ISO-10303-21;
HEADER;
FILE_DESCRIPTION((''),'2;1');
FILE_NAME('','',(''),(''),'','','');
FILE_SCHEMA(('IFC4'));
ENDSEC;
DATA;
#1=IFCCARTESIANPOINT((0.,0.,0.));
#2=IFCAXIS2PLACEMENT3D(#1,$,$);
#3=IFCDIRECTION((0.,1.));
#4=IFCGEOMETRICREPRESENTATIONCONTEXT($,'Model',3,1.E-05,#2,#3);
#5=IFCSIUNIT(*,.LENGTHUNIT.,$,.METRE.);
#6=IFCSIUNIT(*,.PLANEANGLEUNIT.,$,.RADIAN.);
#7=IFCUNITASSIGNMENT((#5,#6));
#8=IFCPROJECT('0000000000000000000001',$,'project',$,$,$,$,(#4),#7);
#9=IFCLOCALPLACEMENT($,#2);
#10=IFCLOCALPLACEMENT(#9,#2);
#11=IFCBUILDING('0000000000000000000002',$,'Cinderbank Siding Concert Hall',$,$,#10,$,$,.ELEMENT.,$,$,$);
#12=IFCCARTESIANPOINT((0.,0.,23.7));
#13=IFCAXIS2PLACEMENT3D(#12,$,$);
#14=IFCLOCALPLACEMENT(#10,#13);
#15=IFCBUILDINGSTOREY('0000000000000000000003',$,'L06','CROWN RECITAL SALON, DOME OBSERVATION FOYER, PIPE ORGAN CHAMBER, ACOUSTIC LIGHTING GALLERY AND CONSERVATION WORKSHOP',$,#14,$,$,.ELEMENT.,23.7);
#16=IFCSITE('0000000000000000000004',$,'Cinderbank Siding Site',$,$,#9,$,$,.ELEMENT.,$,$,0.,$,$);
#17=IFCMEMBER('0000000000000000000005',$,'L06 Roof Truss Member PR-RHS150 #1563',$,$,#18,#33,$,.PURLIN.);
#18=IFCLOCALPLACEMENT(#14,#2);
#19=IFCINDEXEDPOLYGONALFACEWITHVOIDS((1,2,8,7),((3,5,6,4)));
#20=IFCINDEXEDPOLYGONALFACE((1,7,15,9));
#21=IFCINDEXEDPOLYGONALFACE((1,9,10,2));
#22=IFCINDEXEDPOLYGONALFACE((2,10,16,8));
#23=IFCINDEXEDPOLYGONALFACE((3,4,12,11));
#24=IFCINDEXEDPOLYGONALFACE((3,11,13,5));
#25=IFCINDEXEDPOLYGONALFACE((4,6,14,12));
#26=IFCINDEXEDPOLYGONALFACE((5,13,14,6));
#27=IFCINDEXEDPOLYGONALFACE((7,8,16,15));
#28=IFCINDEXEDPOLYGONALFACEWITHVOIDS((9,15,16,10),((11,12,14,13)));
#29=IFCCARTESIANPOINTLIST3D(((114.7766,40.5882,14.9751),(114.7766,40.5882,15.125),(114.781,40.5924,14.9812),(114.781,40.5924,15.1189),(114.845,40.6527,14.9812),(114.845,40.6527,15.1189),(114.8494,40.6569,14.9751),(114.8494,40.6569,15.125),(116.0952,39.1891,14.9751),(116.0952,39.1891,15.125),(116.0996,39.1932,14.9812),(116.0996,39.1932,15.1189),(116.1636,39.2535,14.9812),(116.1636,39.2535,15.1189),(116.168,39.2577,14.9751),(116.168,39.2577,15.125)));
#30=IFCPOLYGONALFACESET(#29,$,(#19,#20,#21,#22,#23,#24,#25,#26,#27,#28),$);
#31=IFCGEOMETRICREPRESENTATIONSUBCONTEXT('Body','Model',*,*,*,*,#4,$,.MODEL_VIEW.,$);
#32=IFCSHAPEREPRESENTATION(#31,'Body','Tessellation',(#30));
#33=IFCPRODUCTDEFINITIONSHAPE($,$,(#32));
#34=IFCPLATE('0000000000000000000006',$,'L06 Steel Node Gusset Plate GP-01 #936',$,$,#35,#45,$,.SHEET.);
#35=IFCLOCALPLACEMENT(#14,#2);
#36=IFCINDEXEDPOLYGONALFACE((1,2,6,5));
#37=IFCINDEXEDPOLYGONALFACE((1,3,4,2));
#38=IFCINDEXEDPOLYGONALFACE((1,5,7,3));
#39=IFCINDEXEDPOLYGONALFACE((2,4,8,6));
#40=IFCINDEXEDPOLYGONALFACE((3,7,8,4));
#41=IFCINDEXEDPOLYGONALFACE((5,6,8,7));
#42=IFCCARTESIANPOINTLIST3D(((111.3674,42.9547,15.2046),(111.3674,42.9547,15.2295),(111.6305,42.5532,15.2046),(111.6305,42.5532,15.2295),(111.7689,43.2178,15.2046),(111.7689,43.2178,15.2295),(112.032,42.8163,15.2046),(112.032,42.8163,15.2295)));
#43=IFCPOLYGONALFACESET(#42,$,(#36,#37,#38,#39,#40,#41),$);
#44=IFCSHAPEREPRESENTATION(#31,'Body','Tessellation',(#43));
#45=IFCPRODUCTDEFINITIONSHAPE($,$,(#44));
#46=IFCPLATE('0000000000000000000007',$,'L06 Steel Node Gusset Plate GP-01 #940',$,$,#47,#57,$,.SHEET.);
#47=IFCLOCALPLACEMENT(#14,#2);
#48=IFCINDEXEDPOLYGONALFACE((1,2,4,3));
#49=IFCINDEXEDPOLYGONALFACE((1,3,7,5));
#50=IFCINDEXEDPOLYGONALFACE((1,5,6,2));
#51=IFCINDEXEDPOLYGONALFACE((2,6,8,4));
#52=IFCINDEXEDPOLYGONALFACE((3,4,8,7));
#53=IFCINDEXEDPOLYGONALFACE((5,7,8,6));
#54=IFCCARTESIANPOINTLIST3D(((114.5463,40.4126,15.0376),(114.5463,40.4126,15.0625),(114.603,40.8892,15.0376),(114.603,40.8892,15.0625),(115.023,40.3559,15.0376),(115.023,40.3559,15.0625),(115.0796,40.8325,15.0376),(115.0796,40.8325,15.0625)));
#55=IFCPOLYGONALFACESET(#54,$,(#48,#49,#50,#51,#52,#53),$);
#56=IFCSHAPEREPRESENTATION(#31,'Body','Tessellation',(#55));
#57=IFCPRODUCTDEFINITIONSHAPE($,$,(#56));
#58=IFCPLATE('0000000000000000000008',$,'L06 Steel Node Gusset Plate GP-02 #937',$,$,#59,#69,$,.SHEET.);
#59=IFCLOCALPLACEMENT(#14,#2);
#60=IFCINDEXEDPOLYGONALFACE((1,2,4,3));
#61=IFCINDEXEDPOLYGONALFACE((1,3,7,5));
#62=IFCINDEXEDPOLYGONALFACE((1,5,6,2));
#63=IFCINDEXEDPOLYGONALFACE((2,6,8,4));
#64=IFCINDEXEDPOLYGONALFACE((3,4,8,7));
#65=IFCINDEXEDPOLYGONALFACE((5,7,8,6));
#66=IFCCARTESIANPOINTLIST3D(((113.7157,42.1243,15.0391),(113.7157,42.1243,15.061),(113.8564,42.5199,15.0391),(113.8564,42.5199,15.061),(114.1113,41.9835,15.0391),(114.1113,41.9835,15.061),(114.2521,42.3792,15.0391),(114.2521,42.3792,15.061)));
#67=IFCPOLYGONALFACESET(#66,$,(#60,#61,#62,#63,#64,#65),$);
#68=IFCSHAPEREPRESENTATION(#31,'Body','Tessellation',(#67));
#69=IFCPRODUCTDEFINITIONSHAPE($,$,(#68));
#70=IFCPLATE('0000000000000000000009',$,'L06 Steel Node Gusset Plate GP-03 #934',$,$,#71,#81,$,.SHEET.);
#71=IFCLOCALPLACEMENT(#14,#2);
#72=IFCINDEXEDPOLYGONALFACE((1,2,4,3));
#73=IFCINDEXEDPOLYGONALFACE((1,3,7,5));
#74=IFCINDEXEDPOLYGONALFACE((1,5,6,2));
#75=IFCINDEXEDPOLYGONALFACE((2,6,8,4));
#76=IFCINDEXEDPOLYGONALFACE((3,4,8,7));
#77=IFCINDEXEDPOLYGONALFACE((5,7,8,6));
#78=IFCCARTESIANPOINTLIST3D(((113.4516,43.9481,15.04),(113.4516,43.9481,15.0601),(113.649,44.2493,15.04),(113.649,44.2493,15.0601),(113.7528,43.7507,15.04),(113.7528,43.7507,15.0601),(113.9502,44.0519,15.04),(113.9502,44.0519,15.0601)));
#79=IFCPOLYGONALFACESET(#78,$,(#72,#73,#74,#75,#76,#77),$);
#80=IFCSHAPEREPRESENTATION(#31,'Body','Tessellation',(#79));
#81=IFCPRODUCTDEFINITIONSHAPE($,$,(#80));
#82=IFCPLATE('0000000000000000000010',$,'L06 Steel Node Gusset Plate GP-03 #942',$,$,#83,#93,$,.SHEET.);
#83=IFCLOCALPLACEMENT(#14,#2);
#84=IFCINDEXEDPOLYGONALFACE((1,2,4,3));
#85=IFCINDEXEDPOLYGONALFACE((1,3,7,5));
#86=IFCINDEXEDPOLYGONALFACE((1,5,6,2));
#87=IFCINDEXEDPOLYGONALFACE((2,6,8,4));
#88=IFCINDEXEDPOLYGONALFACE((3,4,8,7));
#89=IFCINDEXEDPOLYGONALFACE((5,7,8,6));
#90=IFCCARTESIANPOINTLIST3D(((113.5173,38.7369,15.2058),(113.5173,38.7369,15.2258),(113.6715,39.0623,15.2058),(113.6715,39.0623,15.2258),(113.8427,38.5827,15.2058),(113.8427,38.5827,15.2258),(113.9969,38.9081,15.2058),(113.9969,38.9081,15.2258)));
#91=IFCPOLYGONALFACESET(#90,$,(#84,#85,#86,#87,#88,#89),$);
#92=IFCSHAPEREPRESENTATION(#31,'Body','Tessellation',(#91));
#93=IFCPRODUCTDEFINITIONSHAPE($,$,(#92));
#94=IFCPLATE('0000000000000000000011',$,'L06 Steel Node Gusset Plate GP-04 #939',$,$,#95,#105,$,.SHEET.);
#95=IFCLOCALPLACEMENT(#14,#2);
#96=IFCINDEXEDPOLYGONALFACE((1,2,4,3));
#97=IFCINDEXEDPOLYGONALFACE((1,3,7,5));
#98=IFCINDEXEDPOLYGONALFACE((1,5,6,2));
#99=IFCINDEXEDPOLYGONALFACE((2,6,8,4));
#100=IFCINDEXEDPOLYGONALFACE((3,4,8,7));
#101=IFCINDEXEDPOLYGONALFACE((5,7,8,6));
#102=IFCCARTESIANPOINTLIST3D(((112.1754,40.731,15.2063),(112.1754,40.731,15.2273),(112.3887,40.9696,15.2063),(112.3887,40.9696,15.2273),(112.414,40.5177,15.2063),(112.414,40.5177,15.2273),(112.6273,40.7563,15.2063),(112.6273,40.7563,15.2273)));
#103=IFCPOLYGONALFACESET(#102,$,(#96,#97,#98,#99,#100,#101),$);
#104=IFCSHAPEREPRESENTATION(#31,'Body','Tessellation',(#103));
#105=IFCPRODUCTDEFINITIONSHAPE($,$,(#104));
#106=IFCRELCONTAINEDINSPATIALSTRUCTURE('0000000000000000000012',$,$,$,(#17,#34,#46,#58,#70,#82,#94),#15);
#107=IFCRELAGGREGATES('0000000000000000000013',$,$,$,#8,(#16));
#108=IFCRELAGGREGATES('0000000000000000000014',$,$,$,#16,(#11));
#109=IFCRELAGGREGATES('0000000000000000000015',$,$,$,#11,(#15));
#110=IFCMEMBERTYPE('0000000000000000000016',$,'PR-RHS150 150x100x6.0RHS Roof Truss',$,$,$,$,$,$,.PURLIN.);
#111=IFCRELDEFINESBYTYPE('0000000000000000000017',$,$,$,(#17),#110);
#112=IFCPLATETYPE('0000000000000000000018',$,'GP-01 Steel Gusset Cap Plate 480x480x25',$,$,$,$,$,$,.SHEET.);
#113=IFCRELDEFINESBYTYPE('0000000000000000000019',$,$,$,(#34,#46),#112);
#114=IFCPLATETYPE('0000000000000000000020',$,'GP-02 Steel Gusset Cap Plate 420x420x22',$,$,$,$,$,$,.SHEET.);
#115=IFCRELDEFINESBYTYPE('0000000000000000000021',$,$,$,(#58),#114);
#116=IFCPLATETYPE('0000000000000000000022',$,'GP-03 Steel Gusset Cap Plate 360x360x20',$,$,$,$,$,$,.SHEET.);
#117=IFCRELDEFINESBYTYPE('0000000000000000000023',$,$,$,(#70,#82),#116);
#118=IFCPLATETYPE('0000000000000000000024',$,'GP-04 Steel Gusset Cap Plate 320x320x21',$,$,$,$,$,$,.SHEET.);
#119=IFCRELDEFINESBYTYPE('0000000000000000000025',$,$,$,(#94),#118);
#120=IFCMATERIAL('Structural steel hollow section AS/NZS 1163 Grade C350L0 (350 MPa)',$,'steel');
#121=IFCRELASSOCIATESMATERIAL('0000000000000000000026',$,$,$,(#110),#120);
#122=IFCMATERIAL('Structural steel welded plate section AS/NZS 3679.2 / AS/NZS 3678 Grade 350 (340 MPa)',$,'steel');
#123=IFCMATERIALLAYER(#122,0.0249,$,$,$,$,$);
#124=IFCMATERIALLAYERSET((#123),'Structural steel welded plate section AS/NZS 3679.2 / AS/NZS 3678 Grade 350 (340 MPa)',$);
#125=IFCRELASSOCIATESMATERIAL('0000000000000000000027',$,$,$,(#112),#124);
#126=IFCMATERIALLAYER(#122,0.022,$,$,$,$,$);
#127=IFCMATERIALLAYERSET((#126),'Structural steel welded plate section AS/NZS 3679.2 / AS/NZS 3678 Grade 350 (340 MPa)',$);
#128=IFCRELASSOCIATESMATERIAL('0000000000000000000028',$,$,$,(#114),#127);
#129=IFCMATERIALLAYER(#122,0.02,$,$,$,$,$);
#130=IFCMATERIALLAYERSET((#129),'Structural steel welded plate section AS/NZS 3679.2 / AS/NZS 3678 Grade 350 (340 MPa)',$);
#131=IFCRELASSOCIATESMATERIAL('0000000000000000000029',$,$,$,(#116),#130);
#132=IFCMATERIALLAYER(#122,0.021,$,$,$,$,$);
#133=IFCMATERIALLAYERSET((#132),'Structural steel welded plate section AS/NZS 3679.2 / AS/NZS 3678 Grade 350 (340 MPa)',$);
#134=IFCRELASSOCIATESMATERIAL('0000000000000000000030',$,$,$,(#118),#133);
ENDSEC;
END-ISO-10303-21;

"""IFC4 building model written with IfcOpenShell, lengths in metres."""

from ifc_helpers import new_model, si_unit, direction, frame, origin, origin_2d, place, context, subcontext, project, spatial, rectangle, hollow_rectangle, extrude, material, layer, layer_set, material_profile, profile_set, type_object, element, save


model = new_model("IFC4")

# Units and contexts
model_context = context("Model", 3, precision=1e-05, world=origin(), true_north=direction((0.0, 1.0)))
body_context = subcontext(model_context, "Body", "Model", "MODEL_VIEW")
ifc_project = project(units=[si_unit("LENGTHUNIT", "METRE"), si_unit("PLANEANGLEUNIT", "RADIAN")], contexts=[model_context])

# Site, building, storey
site_placement = place(None, origin())
site = spatial("IfcSite", under=ifc_project, at=site_placement, Name="Cinderbank Siding Site", CompositionType="ELEMENT", RefElevation=0.0)
building_placement = place(site_placement, origin())
building = spatial("IfcBuilding", under=site, at=building_placement, Name="Cinderbank Siding Concert Hall", CompositionType="ELEMENT")
storey_placement = place(building_placement, frame((0.0, 0.0, 23.7)))
storey = spatial("IfcBuildingStorey", under=building, at=storey_placement, Name="L06", Description="CROWN RECITAL SALON, DOME OBSERVATION FOYER, PIPE ORGAN CHAMBER, ACOUSTIC LIGHTING GALLERY AND CONSERVATION WORKSHOP", CompositionType="ELEMENT", Elevation=23.7)

# Member
ifc_material_1 = material(Name="Structural steel hollow section AS/NZS 1163 Grade C350L0 (350 MPa)", Category="steel")
ifc_material_profile_1 = material_profile(ifc_material_1, hollow_rectangle(XDim=0.1001, YDim=0.1499, WallThickness=0.0061, at=origin_2d()), Name="150x100x6.0RHS", Category="LoadBearing")
ifc_profile_set_1 = profile_set([ifc_material_profile_1], Name="Structural steel hollow section AS/NZS 1163 Grade C350L0 (350 MPa)")
member_type_1 = type_object("IfcMemberType", Name="PR-RHS150 150x100x6.0RHS Roof Truss", PredefinedType="PURLIN", material=ifc_profile_set_1)
member_1_placement = place(storey_placement, frame((114.813, 40.6226, 15.05), z_axis=(0.685844, -0.727749, 0.0), x_axis=(0.727749, 0.685844, 0.0)))
element("IfcMember", 1, at=member_1_placement, inside=storey, type_object=member_type_1, Name="L06 Roof Truss Member PR-RHS150 #1563", PredefinedType="PURLIN", context=body_context, shape_type="SweptSolid", body=[
    extrude(hollow_rectangle(XDim=0.1001, YDim=0.1499, WallThickness=0.0061, at=origin_2d()), origin(), (0.0, 0.0, 1.0), 1.9226),
])

# Plates
ifc_material_2 = material(Name="Structural steel welded plate section AS/NZS 3679.2 / AS/NZS 3678 Grade 350 (340 MPa)", Category="steel")
ifc_layer_1 = layer(ifc_material_2, 0.0249)
ifc_layer_set_1 = layer_set([ifc_layer_1], Name="Structural steel welded plate section AS/NZS 3679.2 / AS/NZS 3678 Grade 350 (340 MPa)")
plate_type_1 = type_object("IfcPlateType", Name="GP-01 Steel Gusset Cap Plate 480x480x25", PredefinedType="SHEET", material=ifc_layer_set_1)
for number, where, z_axis, x_axis, name in (
    (2, (111.6997, 42.8855, 15.2046), (0.0, 0.0, 1.0), (0.836382, 0.548147, 0.0), "L06 Steel Node Gusset Plate GP-01 #936"),
    (3, (114.813, 40.6226, 15.0376), (0.0, 0.0, 1.0), (0.993007, -0.118057, 0.0), "L06 Steel Node Gusset Plate GP-01 #940"),
):
    element("IfcPlate", number, at=place(storey_placement, frame(where, z_axis=z_axis, x_axis=x_axis)), inside=storey, type_object=plate_type_1, Name=name, PredefinedType="SHEET", context=body_context, shape_type="SweptSolid", body=[
        extrude(rectangle(XDim=0.48, YDim=0.48, at=origin_2d()), origin(), (0.0, 0.0, 1.0), 0.0249),
    ])
ifc_layer_2 = layer(ifc_material_2, 0.022)
ifc_layer_set_2 = layer_set([ifc_layer_2], Name="Structural steel welded plate section AS/NZS 3679.2 / AS/NZS 3678 Grade 350 (340 MPa)")
plate_type_2 = type_object("IfcPlateType", Name="GP-02 Steel Gusset Cap Plate 420x420x22", PredefinedType="SHEET", material=ifc_layer_set_2)
plate_1_placement = place(storey_placement, frame((113.9839, 42.2517, 15.0391), z_axis=(0.0, 0.0, 1.0), x_axis=(0.942174, -0.335123, 0.0)))
element("IfcPlate", 4, at=plate_1_placement, inside=storey, type_object=plate_type_2, Name="L06 Steel Node Gusset Plate GP-02 #937", PredefinedType="SHEET", context=body_context, shape_type="SweptSolid", body=[
    extrude(rectangle(XDim=0.4199, YDim=0.4199, at=origin_2d()), origin(), (0.0, 0.0, 1.0), 0.022),
])
ifc_layer_3 = layer(ifc_material_2, 0.02)
ifc_layer_set_3 = layer_set([ifc_layer_3], Name="Structural steel welded plate section AS/NZS 3679.2 / AS/NZS 3678 Grade 350 (340 MPa)")
plate_type_3 = type_object("IfcPlateType", Name="GP-03 Steel Gusset Cap Plate 360x360x20", PredefinedType="SHEET", material=ifc_layer_set_3)
for number, where, z_axis, x_axis, name in (
    (5, (113.7009, 44.0, 15.04), (0.0, 0.0, 1.0), (0.836382, -0.548147, 0.0), "L06 Steel Node Gusset Plate GP-03 #934"),
    (6, (113.7571, 38.8225, 15.2058), (0.0, 0.0, 1.0), (0.428304, 0.903635, 0.0), "L06 Steel Node Gusset Plate GP-03 #942"),
):
    element("IfcPlate", number, at=place(storey_placement, frame(where, z_axis=z_axis, x_axis=x_axis)), inside=storey, type_object=plate_type_3, Name=name, PredefinedType="SHEET", context=body_context, shape_type="SweptSolid", body=[
        extrude(rectangle(XDim=0.3601, YDim=0.3601, at=origin_2d()), origin(), (0.0, 0.0, 1.0), 0.02),
    ])
ifc_layer_4 = layer(ifc_material_2, 0.021)
ifc_layer_set_4 = layer_set([ifc_layer_4], Name="Structural steel welded plate section AS/NZS 3679.2 / AS/NZS 3678 Grade 350 (340 MPa)")
plate_type_4 = type_object("IfcPlateType", Name="GP-04 Steel Gusset Cap Plate 320x320x21", PredefinedType="SHEET", material=ifc_layer_set_4)
plate_2_placement = place(storey_placement, frame((112.4014, 40.7437, 15.2063), z_axis=(0.0, 0.0, 1.0), x_axis=(0.666532, 0.745476, 0.0)))
element("IfcPlate", 7, at=plate_2_placement, inside=storey, type_object=plate_type_4, Name="L06 Steel Node Gusset Plate GP-04 #939", PredefinedType="SHEET", context=body_context, shape_type="SweptSolid", body=[
    extrude(rectangle(XDim=0.3201, YDim=0.3201, at=origin_2d()), origin(), (0.0, 0.0, 1.0), 0.021),
])

save(model, "model.ifc")
